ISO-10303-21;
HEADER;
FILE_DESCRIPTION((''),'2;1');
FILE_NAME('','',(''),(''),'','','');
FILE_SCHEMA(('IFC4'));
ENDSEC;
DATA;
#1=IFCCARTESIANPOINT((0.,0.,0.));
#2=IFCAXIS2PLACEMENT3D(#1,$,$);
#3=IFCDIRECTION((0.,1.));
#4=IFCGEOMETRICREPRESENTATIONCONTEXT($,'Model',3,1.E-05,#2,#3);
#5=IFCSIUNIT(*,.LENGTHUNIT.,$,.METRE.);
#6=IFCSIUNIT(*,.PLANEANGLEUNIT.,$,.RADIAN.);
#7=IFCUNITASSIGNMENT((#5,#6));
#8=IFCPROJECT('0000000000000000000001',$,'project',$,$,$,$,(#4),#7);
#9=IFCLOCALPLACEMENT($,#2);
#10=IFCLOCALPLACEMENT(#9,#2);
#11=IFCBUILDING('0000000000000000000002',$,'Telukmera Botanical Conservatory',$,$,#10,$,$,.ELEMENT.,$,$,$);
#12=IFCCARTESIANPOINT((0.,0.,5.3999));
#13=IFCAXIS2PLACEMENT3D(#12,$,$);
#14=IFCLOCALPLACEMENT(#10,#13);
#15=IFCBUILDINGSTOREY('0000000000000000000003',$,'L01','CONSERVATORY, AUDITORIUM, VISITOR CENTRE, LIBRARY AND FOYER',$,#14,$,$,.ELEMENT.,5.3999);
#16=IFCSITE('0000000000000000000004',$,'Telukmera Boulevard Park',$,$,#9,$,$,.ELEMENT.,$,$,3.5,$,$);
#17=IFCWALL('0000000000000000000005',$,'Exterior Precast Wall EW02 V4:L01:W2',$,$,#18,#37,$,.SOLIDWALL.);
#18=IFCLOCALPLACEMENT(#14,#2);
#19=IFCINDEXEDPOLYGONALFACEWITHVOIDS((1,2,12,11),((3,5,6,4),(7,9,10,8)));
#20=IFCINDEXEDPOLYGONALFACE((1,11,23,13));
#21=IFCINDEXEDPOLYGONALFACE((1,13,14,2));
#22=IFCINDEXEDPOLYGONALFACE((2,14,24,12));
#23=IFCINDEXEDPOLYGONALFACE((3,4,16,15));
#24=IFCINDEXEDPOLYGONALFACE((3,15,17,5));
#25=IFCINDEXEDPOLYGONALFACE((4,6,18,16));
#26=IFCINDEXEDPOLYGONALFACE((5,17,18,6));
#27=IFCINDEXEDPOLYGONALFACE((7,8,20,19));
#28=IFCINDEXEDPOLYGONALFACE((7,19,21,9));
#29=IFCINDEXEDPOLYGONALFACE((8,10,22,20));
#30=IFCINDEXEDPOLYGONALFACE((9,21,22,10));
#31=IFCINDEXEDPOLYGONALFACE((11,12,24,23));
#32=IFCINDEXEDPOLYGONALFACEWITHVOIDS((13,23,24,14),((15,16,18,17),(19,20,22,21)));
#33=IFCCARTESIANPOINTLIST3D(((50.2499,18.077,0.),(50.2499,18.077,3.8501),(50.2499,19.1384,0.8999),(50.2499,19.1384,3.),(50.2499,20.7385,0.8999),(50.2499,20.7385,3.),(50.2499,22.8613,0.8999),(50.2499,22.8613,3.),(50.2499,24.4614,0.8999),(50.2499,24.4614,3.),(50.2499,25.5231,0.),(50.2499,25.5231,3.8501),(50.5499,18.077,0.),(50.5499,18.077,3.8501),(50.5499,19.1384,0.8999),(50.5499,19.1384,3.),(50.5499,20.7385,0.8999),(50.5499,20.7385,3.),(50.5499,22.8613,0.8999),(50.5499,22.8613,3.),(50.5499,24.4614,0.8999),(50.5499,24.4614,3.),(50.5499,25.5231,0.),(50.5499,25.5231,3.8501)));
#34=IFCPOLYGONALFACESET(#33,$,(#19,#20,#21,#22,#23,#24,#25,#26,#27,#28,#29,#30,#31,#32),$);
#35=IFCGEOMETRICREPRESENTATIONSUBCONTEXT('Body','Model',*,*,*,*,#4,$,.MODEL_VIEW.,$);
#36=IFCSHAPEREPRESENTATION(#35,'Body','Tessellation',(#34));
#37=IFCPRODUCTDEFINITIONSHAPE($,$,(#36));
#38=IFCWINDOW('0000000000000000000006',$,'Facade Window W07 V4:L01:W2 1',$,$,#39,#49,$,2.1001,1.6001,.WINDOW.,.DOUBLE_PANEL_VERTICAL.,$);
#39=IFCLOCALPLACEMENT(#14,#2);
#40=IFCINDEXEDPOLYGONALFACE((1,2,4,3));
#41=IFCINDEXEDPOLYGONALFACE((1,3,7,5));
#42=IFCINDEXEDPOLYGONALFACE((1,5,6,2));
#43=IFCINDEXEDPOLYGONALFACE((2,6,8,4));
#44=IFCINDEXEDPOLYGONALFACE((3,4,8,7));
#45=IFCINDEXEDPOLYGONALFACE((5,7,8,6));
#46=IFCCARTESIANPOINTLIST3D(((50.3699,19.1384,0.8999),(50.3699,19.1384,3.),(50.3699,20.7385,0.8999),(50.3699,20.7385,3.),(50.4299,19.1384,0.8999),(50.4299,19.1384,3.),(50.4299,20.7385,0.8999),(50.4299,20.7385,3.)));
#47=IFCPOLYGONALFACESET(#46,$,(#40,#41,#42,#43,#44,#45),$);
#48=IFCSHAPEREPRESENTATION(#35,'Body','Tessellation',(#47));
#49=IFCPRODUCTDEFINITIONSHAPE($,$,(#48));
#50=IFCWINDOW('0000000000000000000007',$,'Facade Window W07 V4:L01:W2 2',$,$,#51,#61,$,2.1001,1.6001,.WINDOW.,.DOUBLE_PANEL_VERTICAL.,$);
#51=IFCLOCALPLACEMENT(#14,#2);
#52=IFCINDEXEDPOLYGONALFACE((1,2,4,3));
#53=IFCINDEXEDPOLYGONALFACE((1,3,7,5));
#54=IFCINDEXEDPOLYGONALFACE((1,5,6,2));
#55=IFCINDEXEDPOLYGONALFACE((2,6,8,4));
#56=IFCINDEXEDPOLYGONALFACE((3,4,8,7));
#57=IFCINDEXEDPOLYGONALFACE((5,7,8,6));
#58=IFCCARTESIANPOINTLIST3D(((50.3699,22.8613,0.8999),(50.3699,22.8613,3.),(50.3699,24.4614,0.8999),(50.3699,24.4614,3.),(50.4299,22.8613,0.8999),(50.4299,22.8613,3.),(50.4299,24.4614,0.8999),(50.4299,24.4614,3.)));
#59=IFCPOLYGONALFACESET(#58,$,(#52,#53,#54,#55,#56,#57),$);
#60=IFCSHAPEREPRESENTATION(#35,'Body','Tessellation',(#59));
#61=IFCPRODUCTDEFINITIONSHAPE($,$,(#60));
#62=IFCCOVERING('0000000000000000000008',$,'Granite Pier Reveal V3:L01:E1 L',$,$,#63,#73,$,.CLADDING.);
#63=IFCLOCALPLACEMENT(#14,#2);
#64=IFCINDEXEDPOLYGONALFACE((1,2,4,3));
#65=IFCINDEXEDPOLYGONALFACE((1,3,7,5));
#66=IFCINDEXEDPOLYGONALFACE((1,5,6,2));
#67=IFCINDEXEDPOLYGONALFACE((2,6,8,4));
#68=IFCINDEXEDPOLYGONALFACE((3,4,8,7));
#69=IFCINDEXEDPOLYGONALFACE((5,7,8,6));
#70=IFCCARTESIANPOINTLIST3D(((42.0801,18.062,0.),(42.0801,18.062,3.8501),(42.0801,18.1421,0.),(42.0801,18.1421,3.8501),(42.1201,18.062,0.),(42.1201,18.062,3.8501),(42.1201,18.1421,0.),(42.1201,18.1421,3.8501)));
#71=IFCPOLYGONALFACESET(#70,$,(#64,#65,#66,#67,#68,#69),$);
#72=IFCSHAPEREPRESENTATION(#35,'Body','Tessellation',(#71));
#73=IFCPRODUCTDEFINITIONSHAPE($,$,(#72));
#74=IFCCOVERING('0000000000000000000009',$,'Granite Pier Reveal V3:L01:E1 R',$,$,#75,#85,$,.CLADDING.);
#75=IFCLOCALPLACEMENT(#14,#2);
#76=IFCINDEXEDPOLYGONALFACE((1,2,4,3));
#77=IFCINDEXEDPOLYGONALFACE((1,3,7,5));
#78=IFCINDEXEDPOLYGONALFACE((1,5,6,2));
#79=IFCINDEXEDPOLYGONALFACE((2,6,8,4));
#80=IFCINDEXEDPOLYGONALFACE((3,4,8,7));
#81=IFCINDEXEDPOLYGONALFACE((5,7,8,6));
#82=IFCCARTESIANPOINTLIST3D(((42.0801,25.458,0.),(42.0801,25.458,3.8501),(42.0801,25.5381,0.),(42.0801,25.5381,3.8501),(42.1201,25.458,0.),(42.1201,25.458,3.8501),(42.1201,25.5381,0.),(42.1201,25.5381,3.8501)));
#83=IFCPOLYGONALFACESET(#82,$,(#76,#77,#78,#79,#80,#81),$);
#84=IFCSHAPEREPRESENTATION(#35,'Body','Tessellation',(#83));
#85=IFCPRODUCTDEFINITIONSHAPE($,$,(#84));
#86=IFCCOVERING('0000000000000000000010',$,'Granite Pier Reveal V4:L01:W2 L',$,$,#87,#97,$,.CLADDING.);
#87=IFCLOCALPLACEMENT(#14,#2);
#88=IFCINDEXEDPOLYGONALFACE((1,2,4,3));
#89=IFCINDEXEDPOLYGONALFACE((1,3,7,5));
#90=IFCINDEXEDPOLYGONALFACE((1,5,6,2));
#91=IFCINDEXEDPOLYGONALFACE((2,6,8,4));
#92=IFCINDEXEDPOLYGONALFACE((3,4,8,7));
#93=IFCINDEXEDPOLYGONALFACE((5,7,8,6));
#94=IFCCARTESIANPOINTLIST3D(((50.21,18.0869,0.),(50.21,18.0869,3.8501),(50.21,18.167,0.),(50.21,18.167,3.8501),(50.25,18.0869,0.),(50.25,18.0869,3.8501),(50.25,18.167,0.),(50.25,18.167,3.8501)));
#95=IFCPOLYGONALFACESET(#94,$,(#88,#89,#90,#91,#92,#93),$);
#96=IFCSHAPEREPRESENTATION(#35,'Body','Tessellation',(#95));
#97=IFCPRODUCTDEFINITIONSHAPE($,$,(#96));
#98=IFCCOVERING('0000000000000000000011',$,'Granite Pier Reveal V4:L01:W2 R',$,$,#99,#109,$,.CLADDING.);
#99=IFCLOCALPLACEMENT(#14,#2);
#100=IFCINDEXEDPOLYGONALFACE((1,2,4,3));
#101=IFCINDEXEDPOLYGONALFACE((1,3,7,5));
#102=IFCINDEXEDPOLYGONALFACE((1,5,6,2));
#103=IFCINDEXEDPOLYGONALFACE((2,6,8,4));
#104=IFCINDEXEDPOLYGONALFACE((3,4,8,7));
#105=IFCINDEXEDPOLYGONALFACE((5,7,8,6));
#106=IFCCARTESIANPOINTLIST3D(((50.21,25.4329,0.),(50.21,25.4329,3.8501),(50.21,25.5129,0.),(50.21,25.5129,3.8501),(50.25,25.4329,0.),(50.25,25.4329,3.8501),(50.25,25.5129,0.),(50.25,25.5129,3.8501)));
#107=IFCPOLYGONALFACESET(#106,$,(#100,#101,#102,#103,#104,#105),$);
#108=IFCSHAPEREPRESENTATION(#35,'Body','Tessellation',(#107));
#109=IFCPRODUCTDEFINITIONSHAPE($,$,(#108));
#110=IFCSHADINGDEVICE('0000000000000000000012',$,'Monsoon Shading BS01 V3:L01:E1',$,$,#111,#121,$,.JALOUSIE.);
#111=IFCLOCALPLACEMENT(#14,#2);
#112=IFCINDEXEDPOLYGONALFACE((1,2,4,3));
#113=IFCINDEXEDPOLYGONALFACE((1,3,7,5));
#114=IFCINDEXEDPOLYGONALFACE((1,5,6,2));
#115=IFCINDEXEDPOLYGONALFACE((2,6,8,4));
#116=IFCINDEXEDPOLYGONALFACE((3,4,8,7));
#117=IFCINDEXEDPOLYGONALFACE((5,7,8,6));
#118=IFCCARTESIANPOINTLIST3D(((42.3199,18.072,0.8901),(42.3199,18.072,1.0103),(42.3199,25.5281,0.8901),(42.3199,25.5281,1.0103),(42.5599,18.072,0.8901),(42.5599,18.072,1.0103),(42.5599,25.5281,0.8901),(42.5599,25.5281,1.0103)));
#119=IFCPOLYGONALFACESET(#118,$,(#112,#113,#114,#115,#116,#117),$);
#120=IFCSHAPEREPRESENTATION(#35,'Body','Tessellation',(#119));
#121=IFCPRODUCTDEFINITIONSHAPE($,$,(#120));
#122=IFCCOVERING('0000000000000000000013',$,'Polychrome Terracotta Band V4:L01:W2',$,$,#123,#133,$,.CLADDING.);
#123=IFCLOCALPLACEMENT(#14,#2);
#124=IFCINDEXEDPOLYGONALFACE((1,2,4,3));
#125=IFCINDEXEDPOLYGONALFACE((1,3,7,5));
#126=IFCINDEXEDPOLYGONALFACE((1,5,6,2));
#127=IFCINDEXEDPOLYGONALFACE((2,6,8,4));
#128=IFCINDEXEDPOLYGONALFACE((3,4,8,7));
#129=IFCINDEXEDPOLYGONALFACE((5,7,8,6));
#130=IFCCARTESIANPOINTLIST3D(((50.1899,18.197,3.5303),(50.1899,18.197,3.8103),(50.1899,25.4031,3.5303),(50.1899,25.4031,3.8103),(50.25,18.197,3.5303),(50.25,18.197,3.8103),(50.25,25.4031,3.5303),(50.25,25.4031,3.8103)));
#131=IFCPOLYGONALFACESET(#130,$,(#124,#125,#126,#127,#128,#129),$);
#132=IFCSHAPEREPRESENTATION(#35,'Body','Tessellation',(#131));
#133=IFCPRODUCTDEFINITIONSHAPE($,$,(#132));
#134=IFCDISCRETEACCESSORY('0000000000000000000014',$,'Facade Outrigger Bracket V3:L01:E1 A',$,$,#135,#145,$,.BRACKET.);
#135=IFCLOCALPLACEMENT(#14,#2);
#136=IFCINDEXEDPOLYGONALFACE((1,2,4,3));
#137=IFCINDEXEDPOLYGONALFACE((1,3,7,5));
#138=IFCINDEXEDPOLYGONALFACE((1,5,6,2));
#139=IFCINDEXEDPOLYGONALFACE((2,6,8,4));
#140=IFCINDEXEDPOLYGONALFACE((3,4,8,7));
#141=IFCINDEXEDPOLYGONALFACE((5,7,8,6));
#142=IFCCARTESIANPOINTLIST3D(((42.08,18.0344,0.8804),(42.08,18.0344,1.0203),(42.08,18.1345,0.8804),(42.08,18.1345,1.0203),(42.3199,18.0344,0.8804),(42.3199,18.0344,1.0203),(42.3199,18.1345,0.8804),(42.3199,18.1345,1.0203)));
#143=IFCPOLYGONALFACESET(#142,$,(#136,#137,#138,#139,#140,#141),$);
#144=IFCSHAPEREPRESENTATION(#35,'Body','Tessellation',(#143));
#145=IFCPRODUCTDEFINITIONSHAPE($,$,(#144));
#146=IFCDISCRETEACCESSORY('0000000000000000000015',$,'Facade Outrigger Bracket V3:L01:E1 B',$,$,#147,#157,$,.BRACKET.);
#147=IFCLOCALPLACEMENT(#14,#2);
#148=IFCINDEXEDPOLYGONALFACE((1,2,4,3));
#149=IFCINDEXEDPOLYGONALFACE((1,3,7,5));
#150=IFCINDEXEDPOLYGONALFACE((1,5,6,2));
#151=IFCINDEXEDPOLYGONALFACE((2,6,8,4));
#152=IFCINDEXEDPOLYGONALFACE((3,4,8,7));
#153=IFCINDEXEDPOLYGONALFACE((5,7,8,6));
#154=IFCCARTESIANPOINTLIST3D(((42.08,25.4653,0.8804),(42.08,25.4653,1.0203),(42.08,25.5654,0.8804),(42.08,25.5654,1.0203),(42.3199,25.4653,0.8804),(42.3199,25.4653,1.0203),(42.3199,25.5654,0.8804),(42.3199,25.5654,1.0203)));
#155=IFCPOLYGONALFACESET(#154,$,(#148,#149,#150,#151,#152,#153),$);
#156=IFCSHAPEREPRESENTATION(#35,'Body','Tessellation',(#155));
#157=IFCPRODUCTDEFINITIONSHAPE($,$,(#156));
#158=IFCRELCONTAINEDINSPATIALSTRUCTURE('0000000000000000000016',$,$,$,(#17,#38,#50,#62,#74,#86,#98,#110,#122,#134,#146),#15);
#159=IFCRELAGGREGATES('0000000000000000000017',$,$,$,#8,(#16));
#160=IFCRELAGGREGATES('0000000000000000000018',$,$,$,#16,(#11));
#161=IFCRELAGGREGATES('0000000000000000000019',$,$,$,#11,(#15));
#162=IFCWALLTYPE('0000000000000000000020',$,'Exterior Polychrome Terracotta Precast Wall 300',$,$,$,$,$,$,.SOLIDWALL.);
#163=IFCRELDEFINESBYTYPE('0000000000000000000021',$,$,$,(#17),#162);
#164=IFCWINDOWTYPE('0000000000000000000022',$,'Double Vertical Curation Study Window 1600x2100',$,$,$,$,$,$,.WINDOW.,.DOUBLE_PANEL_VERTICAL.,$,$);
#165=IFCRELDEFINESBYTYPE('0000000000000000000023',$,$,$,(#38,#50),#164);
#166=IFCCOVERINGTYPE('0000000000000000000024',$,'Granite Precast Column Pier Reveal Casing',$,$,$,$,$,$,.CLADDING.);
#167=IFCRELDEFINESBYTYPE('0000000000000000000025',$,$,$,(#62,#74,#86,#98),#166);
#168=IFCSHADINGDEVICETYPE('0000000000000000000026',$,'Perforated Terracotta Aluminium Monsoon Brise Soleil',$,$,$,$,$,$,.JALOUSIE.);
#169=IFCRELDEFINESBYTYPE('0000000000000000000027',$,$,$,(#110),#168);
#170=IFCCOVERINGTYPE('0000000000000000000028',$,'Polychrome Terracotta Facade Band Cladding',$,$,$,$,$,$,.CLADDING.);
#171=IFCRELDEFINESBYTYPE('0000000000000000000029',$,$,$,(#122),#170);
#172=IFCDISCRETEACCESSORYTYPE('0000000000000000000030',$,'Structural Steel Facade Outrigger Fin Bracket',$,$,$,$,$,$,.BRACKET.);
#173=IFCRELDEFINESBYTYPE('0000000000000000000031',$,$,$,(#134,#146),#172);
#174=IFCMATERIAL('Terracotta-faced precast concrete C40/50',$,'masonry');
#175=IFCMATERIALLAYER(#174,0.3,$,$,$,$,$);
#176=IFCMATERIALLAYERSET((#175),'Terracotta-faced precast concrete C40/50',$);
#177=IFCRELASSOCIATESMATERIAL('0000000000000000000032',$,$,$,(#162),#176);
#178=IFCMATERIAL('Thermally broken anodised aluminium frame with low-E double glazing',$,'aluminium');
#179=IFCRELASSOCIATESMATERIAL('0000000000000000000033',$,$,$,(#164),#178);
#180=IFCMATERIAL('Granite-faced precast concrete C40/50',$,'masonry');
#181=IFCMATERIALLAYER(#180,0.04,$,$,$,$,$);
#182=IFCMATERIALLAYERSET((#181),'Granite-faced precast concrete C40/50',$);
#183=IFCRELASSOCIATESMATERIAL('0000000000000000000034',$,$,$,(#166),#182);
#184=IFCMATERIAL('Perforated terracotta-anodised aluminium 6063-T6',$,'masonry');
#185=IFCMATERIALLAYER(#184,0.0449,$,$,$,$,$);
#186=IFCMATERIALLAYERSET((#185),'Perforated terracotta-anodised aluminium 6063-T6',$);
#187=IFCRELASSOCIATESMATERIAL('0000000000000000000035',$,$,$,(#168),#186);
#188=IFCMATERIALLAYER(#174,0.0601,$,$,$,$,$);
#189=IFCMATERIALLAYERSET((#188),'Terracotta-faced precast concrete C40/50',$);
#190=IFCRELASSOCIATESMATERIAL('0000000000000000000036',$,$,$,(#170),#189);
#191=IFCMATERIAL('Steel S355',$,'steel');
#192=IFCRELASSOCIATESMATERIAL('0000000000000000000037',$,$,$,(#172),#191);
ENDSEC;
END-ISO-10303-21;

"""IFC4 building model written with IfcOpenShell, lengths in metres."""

from ifc_helpers import new_model, si_unit, direction, frame, frame_2d, origin, origin_2d, place, context, subcontext, project, spatial, rectangle, extrude, material, layer, layer_set, type_object, element, fill, save


model = new_model("IFC4")

# Units and contexts
model_context = context("Model", 3, precision=1e-05, world=origin(), true_north=direction((0.0, 1.0)))
body_context = subcontext(model_context, "Body", "Model", "MODEL_VIEW")
ifc_project = project(units=[si_unit("LENGTHUNIT", "METRE"), si_unit("PLANEANGLEUNIT", "RADIAN")], contexts=[model_context])

# Site, building, storey
site_placement = place(None, origin())
site = spatial("IfcSite", under=ifc_project, at=site_placement, Name="Telukmera Boulevard Park", CompositionType="ELEMENT", RefElevation=3.5)
building_placement = place(site_placement, origin())
building = spatial("IfcBuilding", under=site, at=building_placement, Name="Telukmera Botanical Conservatory", CompositionType="ELEMENT")
storey_placement = place(building_placement, frame((0.0, 0.0, 5.3999)))
storey = spatial("IfcBuildingStorey", under=building, at=storey_placement, Name="L01", Description="CONSERVATORY, AUDITORIUM, VISITOR CENTRE, LIBRARY AND FOYER", CompositionType="ELEMENT", Elevation=5.3999)

# Shared definitions
ifc_material_1 = material(Name="Steel S355", Category="steel")

# Wall, openings, windows
ifc_material_2 = material(Name="Terracotta-faced precast concrete C40/50", Category="masonry")
ifc_layer_1 = layer(ifc_material_2, 0.3)
ifc_layer_set_1 = layer_set([ifc_layer_1], Name="Terracotta-faced precast concrete C40/50")
wall_type = type_object("IfcWallType", Name="Exterior Polychrome Terracotta Precast Wall 300", PredefinedType="SOLIDWALL", material=ifc_layer_set_1)
wall_placement = place(storey_placement, frame((50.3999, 18.0769, 0.0), z_axis=(0.0, 0.0, 1.0), x_axis=(0.0, 1.0, 0.0)))
wall = element("IfcWall", 1, at=wall_placement, inside=storey, type_object=wall_type, Name="Exterior Precast Wall EW02 V4:L01:W2", PredefinedType="SOLIDWALL", context=body_context, shape_type="SweptSolid", body=[
    extrude(rectangle(XDim=7.446, YDim=0.3, at=frame_2d((3.7231, 0.0))), origin(), (0.0, 0.0, 1.0), 3.8501),
])
opening_1_placement = place(wall_placement, frame((1.0615, 0.0, 0.8999)))
opening_1 = element("IfcOpeningElement", 2, at=opening_1_placement, cuts=wall, PredefinedType="OPENING", context=body_context, shape_type="SweptSolid", body=[
    extrude(rectangle(XDim=1.6001, YDim=2.1001, at=frame_2d((0.8, 1.05))), frame((0.0, 0.1599, 0.0), z_axis=(0.0, -1.0, 0.0), x_axis=(1.0, 0.0, 0.0)), (0.0, 0.0, 1.0), 0.3201),
])
opening_2_placement = place(wall_placement, frame((4.7844, 0.0, 0.8999)))
opening_2 = element("IfcOpeningElement", 3, at=opening_2_placement, cuts=wall, PredefinedType="OPENING", context=body_context, shape_type="SweptSolid", body=[
    extrude(rectangle(XDim=1.6001, YDim=2.1001, at=frame_2d((0.8, 1.05))), frame((0.0, 0.1599, 0.0), z_axis=(0.0, -1.0, 0.0), x_axis=(1.0, 0.0, 0.0)), (0.0, 0.0, 1.0), 0.3201),
])
ifc_material_3 = material(Name="Thermally broken anodised aluminium frame with low-E double glazing", Category="aluminium")
window_type = type_object("IfcWindowType", Name="Double Vertical Curation Study Window 1600x2100", PartitioningType="DOUBLE_PANEL_VERTICAL", PredefinedType="WINDOW", material=ifc_material_3)
window_1_placement = place(opening_1_placement, origin())
window_1 = element("IfcWindow", 4, at=window_1_placement, inside=storey, type_object=window_type, Name="Facade Window W07 V4:L01:W2 1", OverallHeight=2.1001, OverallWidth=1.6001, PartitioningType="DOUBLE_PANEL_VERTICAL", PredefinedType="WINDOW", context=body_context, shape_type="SweptSolid", body=[
    extrude(rectangle(XDim=1.6001, YDim=2.1001, at=frame_2d((0.8, 1.05))), frame((0.0, 0.03, 0.0), z_axis=(0.0, -1.0, 0.0), x_axis=(1.0, 0.0, 0.0)), (0.0, 0.0, 1.0), 0.0601),
])
fill(opening_1, window_1)
window_2_placement = place(opening_2_placement, origin())
window_2 = element("IfcWindow", 5, at=window_2_placement, inside=storey, type_object=window_type, Name="Facade Window W07 V4:L01:W2 2", OverallHeight=2.1001, OverallWidth=1.6001, PartitioningType="DOUBLE_PANEL_VERTICAL", PredefinedType="WINDOW", context=body_context, shape_type="SweptSolid", body=[
    extrude(rectangle(XDim=1.6001, YDim=2.1001, at=frame_2d((0.8, 1.05))), frame((0.0, 0.03, 0.0), z_axis=(0.0, -1.0, 0.0), x_axis=(1.0, 0.0, 0.0)), (0.0, 0.0, 1.0), 0.0601),
])
fill(opening_2, window_2)

# Coverings
ifc_material_4 = material(Name="Granite-faced precast concrete C40/50", Category="masonry")
ifc_layer_2 = layer(ifc_material_4, 0.04)
ifc_layer_set_2 = layer_set([ifc_layer_2], Name="Granite-faced precast concrete C40/50")
covering_type_1 = type_object("IfcCoveringType", Name="Granite Precast Column Pier Reveal Casing", PredefinedType="CLADDING", material=ifc_layer_set_2)
for number, where, z_axis, x_axis, name in (
    (6, (42.1001, 18.1021, 0.0), (0.0, 0.0, 1.0), (0.0, 1.0, 0.0), "Granite Pier Reveal V3:L01:E1 L"),
    (7, (42.1001, 25.498, 0.0), (0.0, 0.0, 1.0), (0.0, 1.0, 0.0), "Granite Pier Reveal V3:L01:E1 R"),
    (8, (50.23, 18.127, 0.0), (0.0, 0.0, 1.0), (0.0, 1.0, 0.0), "Granite Pier Reveal V4:L01:W2 L"),
    (9, (50.23, 25.4729, 0.0), (0.0, 0.0, 1.0), (0.0, 1.0, 0.0), "Granite Pier Reveal V4:L01:W2 R"),
):
    element("IfcCovering", number, at=place(storey_placement, frame(where, z_axis=z_axis, x_axis=x_axis)), inside=storey, type_object=covering_type_1, Name=name, PredefinedType="CLADDING", context=body_context, shape_type="SweptSolid", body=[
        extrude(rectangle(XDim=0.0801, YDim=0.04, at=origin_2d()), origin(), (0.0, 0.0, 1.0), 3.8501),
    ])

# Shading device
ifc_material_5 = material(Name="Perforated terracotta-anodised aluminium 6063-T6", Category="masonry")
ifc_layer_3 = layer(ifc_material_5, 0.0449)
ifc_layer_set_3 = layer_set([ifc_layer_3], Name="Perforated terracotta-anodised aluminium 6063-T6")
shading_device_type = type_object("IfcShadingDeviceType", Name="Perforated Terracotta Aluminium Monsoon Brise Soleil", PredefinedType="JALOUSIE", material=ifc_layer_set_3)
shading_device_placement = place(storey_placement, frame((42.4399, 21.8, 0.8901), z_axis=(0.0, 0.0, 1.0), x_axis=(0.0, 1.0, 0.0)))
element("IfcShadingDevice", 10, at=shading_device_placement, inside=storey, type_object=shading_device_type, Name="Monsoon Shading BS01 V3:L01:E1", PredefinedType="JALOUSIE", context=body_context, shape_type="SweptSolid", body=[
    extrude(rectangle(XDim=7.4561, YDim=0.24, at=origin_2d()), origin(), (0.0, 0.0, 1.0), 0.1201),
])

# Covering
ifc_layer_4 = layer(ifc_material_2, 0.0601)
ifc_layer_set_4 = layer_set([ifc_layer_4], Name="Terracotta-faced precast concrete C40/50")
covering_type_2 = type_object("IfcCoveringType", Name="Polychrome Terracotta Facade Band Cladding", PredefinedType="CLADDING", material=ifc_layer_set_4)
covering_placement = place(storey_placement, frame((50.22, 21.8, 3.5303), z_axis=(0.0, 0.0, 1.0), x_axis=(0.0, 1.0, 0.0)))
element("IfcCovering", 11, at=covering_placement, inside=storey, type_object=covering_type_2, Name="Polychrome Terracotta Band V4:L01:W2", PredefinedType="CLADDING", context=body_context, shape_type="SweptSolid", body=[
    extrude(rectangle(XDim=7.2061, YDim=0.0601, at=origin_2d()), origin(), (0.0, 0.0, 1.0), 0.28),
])

# Discrete accessories
discrete_accessory_type = type_object("IfcDiscreteAccessoryType", Name="Structural Steel Facade Outrigger Fin Bracket", PredefinedType="BRACKET", material=ifc_material_1)
for number, where, z_axis, x_axis, name in (
    (12, (42.2, 18.0845, 0.8804), (0.0, 0.0, 1.0), (0.0, 1.0, 0.0), "Facade Outrigger Bracket V3:L01:E1 A"),
    (13, (42.2, 25.5154, 0.8804), (0.0, 0.0, 1.0), (0.0, 1.0, 0.0), "Facade Outrigger Bracket V3:L01:E1 B"),
):
    element("IfcDiscreteAccessory", number, at=place(storey_placement, frame(where, z_axis=z_axis, x_axis=x_axis)), inside=storey, type_object=discrete_accessory_type, Name=name, PredefinedType="BRACKET", context=body_context, shape_type="SweptSolid", body=[
        extrude(rectangle(XDim=0.1001, YDim=0.24, at=origin_2d()), origin(), (0.0, 0.0, 1.0), 0.1399),
    ])

save(model, "model.ifc")
